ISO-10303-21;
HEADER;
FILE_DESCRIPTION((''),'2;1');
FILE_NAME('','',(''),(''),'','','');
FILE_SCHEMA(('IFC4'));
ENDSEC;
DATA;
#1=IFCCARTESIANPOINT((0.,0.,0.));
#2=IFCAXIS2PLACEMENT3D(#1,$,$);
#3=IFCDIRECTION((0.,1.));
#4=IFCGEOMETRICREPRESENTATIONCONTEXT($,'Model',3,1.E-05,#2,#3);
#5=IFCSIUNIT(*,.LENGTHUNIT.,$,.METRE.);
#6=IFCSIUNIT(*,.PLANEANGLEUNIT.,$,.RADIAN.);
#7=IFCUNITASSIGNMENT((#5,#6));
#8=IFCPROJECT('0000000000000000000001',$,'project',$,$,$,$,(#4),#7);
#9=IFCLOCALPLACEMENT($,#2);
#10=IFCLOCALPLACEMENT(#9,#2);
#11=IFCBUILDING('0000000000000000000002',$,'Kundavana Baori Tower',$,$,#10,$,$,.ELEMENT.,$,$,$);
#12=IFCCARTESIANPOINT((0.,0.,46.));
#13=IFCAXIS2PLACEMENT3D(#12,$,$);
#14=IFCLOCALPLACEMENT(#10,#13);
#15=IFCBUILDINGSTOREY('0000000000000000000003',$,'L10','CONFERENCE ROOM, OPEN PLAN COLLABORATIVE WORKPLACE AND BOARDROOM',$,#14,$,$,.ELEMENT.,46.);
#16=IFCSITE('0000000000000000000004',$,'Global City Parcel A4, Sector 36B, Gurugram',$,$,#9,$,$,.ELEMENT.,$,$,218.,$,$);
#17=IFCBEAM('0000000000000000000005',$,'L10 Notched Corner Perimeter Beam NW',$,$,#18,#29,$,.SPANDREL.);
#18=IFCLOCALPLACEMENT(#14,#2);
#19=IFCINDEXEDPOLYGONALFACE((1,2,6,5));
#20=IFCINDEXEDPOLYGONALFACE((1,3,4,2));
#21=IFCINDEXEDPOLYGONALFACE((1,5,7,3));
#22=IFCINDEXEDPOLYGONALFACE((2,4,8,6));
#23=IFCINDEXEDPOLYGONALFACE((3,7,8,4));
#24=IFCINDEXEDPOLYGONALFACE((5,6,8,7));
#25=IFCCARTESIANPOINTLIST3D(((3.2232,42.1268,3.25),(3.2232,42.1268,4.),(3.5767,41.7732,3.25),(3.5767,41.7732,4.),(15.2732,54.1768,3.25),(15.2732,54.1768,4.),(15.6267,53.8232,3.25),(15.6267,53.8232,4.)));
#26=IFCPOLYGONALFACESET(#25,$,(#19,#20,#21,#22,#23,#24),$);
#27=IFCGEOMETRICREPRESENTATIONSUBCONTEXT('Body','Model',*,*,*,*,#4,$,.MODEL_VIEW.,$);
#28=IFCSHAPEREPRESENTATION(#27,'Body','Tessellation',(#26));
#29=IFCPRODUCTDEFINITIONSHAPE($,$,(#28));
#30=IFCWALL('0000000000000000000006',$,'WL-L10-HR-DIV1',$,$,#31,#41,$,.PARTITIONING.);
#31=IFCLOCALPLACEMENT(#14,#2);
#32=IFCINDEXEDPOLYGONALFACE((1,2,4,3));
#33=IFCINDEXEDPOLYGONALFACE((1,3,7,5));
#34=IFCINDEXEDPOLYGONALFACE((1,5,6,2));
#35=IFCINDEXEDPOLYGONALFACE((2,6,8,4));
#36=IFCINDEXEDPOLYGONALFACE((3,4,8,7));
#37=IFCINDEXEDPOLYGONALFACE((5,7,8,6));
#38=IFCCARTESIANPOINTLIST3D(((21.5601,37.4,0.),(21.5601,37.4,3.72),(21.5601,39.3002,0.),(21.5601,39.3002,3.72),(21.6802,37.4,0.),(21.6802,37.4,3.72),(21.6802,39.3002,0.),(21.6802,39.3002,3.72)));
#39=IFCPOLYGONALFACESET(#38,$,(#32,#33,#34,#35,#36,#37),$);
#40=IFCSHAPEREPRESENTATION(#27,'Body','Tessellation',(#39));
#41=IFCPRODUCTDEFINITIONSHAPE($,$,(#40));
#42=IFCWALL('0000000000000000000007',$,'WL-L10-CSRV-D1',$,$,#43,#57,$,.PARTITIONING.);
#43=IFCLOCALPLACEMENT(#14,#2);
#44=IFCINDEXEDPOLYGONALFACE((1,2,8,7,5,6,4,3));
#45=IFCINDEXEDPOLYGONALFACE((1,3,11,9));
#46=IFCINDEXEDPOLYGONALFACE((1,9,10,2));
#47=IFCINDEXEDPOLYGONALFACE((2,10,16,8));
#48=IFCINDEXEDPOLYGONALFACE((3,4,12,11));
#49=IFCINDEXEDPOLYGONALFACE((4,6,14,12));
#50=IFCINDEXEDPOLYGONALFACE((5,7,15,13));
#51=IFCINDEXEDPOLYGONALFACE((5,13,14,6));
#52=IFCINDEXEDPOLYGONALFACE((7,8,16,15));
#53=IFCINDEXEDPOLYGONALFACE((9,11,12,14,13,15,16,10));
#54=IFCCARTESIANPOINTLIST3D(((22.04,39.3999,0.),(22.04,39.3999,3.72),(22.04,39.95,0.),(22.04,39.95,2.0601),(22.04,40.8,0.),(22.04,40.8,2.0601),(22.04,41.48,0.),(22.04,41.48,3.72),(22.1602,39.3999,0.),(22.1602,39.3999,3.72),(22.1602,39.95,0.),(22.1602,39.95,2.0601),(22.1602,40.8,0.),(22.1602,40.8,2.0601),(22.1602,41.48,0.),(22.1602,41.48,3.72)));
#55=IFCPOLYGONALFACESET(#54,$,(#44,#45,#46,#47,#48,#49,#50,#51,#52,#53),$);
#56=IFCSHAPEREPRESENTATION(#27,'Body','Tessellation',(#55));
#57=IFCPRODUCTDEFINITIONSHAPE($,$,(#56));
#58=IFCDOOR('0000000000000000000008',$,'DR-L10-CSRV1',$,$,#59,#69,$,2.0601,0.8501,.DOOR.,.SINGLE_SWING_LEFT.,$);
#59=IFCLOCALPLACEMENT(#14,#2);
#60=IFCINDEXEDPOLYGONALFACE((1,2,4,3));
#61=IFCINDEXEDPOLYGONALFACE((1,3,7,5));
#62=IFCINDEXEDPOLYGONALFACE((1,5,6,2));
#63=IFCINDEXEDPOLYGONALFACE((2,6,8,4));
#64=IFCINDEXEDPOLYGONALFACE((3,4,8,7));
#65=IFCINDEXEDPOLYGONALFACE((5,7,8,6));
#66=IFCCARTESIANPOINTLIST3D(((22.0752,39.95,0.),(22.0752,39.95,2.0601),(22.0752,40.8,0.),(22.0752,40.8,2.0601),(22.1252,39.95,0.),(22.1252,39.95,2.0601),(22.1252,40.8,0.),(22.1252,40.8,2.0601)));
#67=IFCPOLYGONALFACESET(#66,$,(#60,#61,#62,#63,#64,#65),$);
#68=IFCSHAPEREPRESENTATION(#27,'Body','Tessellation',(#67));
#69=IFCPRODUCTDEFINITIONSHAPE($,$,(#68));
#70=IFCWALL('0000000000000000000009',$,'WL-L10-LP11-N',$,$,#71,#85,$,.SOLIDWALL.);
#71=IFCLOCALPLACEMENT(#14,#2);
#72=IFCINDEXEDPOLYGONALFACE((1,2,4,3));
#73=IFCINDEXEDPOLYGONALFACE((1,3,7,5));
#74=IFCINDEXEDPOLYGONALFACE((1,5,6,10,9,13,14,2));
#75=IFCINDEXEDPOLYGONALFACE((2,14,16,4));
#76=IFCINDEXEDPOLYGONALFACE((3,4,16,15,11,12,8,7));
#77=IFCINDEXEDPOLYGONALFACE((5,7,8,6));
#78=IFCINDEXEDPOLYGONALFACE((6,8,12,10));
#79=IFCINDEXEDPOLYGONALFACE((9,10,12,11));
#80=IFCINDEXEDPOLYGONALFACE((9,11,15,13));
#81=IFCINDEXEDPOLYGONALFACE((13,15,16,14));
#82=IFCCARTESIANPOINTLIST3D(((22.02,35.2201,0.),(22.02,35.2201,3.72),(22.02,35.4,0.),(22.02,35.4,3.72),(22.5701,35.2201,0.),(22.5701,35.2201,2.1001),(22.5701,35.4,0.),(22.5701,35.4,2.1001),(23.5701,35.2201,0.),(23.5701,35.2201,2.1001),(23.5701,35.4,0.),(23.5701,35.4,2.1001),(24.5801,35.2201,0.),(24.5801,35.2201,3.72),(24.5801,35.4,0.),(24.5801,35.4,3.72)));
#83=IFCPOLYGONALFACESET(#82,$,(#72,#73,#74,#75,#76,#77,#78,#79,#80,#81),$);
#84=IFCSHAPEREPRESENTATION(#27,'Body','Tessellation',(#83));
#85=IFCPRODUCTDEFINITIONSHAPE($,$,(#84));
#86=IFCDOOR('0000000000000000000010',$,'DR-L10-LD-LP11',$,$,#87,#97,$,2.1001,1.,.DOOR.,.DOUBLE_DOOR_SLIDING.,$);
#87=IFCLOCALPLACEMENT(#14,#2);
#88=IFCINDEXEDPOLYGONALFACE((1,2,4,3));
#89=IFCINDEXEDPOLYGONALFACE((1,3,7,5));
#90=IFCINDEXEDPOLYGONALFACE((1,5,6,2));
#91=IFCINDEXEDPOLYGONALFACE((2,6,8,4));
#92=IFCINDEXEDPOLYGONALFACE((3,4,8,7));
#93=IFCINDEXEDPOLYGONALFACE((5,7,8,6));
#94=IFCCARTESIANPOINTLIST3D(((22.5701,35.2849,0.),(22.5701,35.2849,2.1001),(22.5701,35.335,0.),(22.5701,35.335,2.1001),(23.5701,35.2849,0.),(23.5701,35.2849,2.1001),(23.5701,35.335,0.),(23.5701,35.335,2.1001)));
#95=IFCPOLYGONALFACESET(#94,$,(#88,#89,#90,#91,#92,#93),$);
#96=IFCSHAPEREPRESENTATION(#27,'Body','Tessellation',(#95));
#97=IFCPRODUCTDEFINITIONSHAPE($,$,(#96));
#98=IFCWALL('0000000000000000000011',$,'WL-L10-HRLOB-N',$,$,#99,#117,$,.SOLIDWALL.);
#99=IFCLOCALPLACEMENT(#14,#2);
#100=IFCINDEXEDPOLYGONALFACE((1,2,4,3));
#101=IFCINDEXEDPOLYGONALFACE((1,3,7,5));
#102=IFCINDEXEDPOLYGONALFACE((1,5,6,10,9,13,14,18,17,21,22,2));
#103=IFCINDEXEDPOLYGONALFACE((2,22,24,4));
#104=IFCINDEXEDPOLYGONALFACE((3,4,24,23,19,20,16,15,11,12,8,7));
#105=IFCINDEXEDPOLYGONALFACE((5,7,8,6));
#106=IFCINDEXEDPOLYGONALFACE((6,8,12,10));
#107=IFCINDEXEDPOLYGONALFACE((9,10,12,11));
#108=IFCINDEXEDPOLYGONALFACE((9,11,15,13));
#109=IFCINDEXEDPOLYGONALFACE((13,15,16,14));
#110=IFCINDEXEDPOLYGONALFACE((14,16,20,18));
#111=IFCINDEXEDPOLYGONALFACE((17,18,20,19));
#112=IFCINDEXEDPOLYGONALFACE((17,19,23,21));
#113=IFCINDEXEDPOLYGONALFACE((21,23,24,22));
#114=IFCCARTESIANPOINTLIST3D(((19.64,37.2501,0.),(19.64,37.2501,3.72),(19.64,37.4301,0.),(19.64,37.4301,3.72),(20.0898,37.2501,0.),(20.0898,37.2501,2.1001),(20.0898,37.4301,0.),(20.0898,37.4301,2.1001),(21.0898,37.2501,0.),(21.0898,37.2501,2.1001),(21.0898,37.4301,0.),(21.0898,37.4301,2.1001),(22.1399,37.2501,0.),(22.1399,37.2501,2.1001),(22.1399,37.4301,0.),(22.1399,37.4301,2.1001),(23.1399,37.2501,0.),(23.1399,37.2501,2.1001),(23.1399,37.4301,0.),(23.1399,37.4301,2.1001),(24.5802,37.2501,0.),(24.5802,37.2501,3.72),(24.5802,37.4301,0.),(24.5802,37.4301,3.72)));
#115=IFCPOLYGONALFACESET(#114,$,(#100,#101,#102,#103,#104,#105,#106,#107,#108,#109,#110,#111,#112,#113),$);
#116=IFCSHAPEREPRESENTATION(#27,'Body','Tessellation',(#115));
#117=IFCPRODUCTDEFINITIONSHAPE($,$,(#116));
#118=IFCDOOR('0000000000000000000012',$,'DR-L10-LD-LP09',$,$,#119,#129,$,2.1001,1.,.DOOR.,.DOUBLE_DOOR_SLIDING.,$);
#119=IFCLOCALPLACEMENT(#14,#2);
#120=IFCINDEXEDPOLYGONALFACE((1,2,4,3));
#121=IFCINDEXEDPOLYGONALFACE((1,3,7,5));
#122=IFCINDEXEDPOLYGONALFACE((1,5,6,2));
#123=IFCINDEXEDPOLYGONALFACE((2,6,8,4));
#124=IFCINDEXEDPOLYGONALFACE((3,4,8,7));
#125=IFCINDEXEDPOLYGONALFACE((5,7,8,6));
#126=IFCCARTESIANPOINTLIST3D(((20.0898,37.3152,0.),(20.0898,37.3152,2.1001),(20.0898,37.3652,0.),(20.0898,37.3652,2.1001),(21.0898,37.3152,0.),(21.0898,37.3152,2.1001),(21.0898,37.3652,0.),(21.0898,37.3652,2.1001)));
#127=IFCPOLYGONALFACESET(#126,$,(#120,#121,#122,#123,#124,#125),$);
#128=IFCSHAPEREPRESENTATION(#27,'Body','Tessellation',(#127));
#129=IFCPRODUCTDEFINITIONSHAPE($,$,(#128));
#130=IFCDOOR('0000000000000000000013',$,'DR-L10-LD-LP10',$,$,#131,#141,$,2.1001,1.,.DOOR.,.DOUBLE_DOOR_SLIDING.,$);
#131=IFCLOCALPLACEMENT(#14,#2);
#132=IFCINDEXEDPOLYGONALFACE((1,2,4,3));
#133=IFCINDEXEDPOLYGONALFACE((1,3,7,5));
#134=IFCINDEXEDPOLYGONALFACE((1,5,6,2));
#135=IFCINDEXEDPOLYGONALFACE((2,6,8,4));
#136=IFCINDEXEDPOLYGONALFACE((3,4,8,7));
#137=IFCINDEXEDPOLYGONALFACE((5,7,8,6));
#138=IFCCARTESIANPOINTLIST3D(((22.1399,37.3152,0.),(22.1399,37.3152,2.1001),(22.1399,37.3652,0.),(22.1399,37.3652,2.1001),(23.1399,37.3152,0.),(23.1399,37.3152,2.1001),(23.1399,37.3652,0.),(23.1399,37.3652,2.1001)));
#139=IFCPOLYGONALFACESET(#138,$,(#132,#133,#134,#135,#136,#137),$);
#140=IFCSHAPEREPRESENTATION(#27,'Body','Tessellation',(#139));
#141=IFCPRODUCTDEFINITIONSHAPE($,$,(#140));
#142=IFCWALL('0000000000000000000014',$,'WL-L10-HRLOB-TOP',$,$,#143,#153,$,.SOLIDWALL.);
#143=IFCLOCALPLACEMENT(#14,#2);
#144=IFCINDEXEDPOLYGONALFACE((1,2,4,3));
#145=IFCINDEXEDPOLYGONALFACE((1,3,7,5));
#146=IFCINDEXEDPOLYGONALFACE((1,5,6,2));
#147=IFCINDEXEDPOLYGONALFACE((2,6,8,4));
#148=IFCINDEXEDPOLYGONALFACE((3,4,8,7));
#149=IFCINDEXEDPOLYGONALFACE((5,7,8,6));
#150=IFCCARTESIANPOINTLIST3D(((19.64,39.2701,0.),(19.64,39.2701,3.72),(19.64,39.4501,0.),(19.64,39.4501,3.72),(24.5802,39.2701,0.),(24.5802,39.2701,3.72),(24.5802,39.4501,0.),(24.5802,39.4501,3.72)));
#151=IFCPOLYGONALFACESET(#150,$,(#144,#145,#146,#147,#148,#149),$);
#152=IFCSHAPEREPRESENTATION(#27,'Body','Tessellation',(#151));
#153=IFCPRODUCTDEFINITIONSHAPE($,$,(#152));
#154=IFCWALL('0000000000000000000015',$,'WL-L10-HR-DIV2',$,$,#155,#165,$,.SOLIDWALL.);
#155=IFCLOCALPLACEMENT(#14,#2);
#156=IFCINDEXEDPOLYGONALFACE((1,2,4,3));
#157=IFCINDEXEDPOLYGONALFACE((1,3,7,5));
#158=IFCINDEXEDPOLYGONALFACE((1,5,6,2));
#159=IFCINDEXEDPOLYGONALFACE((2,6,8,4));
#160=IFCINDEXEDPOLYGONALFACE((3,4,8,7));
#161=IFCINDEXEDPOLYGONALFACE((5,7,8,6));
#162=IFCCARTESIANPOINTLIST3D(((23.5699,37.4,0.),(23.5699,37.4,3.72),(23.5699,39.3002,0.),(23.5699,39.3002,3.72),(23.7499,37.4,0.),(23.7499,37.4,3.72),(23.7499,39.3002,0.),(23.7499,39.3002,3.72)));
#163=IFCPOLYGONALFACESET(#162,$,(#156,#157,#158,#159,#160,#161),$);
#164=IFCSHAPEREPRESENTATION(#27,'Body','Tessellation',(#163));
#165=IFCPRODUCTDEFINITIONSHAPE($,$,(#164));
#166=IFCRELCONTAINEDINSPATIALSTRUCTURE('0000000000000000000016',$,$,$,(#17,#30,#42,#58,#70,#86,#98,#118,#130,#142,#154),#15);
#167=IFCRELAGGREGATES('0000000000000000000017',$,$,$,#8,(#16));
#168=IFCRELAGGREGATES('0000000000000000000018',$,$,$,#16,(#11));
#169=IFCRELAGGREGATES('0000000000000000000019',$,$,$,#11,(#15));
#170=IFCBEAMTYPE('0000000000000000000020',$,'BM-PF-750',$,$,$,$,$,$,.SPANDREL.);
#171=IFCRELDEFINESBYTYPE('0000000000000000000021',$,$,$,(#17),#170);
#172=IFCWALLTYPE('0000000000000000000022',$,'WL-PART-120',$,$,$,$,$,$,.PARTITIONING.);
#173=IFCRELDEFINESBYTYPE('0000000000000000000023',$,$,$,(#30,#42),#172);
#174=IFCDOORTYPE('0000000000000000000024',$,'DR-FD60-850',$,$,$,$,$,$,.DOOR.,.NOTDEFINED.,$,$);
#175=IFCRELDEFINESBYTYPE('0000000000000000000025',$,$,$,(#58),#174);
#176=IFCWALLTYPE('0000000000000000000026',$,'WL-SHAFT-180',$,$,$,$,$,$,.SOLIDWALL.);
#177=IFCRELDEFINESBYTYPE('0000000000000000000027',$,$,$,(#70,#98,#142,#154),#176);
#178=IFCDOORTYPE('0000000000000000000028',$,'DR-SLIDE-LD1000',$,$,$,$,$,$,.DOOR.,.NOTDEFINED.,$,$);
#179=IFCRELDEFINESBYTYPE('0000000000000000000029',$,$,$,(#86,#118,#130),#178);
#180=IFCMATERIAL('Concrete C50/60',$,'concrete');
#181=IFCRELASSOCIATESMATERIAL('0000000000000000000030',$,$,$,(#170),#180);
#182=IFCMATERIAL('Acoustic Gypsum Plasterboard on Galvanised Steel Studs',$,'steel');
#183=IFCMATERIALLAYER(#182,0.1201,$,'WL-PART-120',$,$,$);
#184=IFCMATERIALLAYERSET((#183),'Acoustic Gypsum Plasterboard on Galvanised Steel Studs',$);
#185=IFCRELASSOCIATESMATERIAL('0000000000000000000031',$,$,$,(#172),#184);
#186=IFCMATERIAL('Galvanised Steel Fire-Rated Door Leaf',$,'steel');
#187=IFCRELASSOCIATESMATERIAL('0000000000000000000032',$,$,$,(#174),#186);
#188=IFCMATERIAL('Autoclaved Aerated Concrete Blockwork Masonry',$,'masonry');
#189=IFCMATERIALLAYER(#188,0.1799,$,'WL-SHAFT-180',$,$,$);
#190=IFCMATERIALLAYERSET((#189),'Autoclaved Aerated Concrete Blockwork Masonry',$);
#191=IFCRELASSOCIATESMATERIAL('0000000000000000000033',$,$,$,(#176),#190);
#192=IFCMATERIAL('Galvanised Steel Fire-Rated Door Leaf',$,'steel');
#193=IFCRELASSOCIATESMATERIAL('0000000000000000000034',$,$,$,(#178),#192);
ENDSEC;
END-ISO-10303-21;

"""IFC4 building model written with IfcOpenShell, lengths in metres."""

from ifc_helpers import new_model, si_unit, direction, frame, frame_2d, origin, origin_2d, place, context, subcontext, project, spatial, rectangle, extrude, material, layer, layer_set, material_profile, profile_set, type_object, element, fill, save


model = new_model("IFC4")

# Units and contexts
model_context = context("Model", 3, precision=1e-05, world=origin(), true_north=direction((0.0, 1.0)))
body_context = subcontext(model_context, "Body", "Model", "MODEL_VIEW")
ifc_project = project(units=[si_unit("LENGTHUNIT", "METRE"), si_unit("PLANEANGLEUNIT", "RADIAN")], contexts=[model_context])

# Site, building, storey
site_placement = place(None, origin())
site = spatial("IfcSite", under=ifc_project, at=site_placement, Name="Global City Parcel A4, Sector 36B, Gurugram", CompositionType="ELEMENT", RefElevation=218.0)
building_placement = place(site_placement, origin())
building = spatial("IfcBuilding", under=site, at=building_placement, Name="Kundavana Baori Tower", CompositionType="ELEMENT")
storey_placement = place(building_placement, frame((0.0, 0.0, 46.0)))
storey = spatial("IfcBuildingStorey", under=building, at=storey_placement, Name="L10", Description="CONFERENCE ROOM, OPEN PLAN COLLABORATIVE WORKPLACE AND BOARDROOM", CompositionType="ELEMENT", Elevation=46.0)

# Beam
ifc_material_1 = material(Name="Concrete C50/60", Category="concrete")
ifc_material_profile = material_profile(ifc_material_1, rectangle(XDim=0.5, YDim=0.75, at=origin_2d()), Name="RC BM 500x750")
ifc_profile_set = profile_set([ifc_material_profile], Name="Concrete C50/60")
beam_type = type_object("IfcBeamType", Name="BM-PF-750", PredefinedType="SPANDREL", material=ifc_profile_set)
beam_placement = place(storey_placement, frame((15.45, 54.0, 3.625), z_axis=(-0.707107, -0.707107, 0.0), x_axis=(0.707107, -0.707107, 0.0)))
element("IfcBeam", 1, at=beam_placement, inside=storey, type_object=beam_type, Name="L10 Notched Corner Perimeter Beam NW", PredefinedType="SPANDREL", context=body_context, shape_type="SweptSolid", body=[
    extrude(rectangle(XDim=0.5, YDim=0.75, at=origin_2d()), origin(), (0.0, 0.0, 1.0), 17.0413),
])

# Wall
ifc_material_2 = material(Name="Acoustic Gypsum Plasterboard on Galvanised Steel Studs", Category="steel")
ifc_layer_1 = layer(ifc_material_2, 0.1201, Name="WL-PART-120")
ifc_layer_set_1 = layer_set([ifc_layer_1], Name="Acoustic Gypsum Plasterboard on Galvanised Steel Studs")
wall_type_1 = type_object("IfcWallType", Name="WL-PART-120", PredefinedType="PARTITIONING", material=ifc_layer_set_1)
wall_1_placement = place(storey_placement, frame((21.6201, 37.3999, 0.0), z_axis=(0.0, 0.0, 1.0), x_axis=(0.0, 1.0, 0.0)))
element("IfcWall", 2, at=wall_1_placement, inside=storey, type_object=wall_type_1, Name="WL-L10-HR-DIV1", PredefinedType="PARTITIONING", context=body_context, shape_type="SweptSolid", body=[
    extrude(rectangle(XDim=1.9001, YDim=0.1201, at=frame_2d((0.9502, 0.0))), origin(), (0.0, 0.0, 1.0), 3.72),
])

# Walls, openings, doors
wall_2_placement = place(storey_placement, frame((22.1001, 39.3999, 0.0), z_axis=(0.0, 0.0, 1.0), x_axis=(0.0, 1.0, 0.0)))
wall_2 = element("IfcWall", 3, at=wall_2_placement, inside=storey, type_object=wall_type_1, Name="WL-L10-CSRV-D1", PredefinedType="PARTITIONING", context=body_context, shape_type="SweptSolid", body=[
    extrude(rectangle(XDim=2.0801, YDim=0.1201, at=frame_2d((1.04, 0.0))), origin(), (0.0, 0.0, 1.0), 3.72),
])
opening_1_placement = place(wall_2_placement, frame((0.55, 0.0, 0.0)))
opening_1 = element("IfcOpeningElement", 4, at=opening_1_placement, cuts=wall_2, PredefinedType="OPENING", context=body_context, shape_type="SweptSolid", body=[
    extrude(rectangle(XDim=0.8501, YDim=2.0601, at=frame_2d((0.425, 1.03))), frame((0.0, 0.0701, 0.0), z_axis=(0.0, -1.0, 0.0), x_axis=(1.0, 0.0, 0.0)), (0.0, 0.0, 1.0), 0.1401),
])
ifc_material_3 = material(Name="Galvanised Steel Fire-Rated Door Leaf", Category="steel")
door_type_1 = type_object("IfcDoorType", Name="DR-FD60-850", OperationType="NOTDEFINED", PredefinedType="DOOR", material=ifc_material_3)
door_1_placement = place(opening_1_placement, origin())
door_1 = element("IfcDoor", 5, at=door_1_placement, inside=storey, type_object=door_type_1, Name="DR-L10-CSRV1", OperationType="SINGLE_SWING_LEFT", OverallHeight=2.0601, OverallWidth=0.8501, PredefinedType="DOOR", context=body_context, shape_type="SweptSolid", body=[
    extrude(rectangle(XDim=0.8501, YDim=2.0601, at=frame_2d((0.425, 1.03))), frame((0.0, 0.0249, 0.0), z_axis=(0.0, -1.0, 0.0), x_axis=(1.0, 0.0, 0.0)), (0.0, 0.0, 1.0), 0.05),
])
fill(opening_1, door_1)
ifc_material_4 = material(Name="Autoclaved Aerated Concrete Blockwork Masonry", Category="masonry")
ifc_layer_2 = layer(ifc_material_4, 0.1799, Name="WL-SHAFT-180")
ifc_layer_set_2 = layer_set([ifc_layer_2], Name="Autoclaved Aerated Concrete Blockwork Masonry")
wall_type_2 = type_object("IfcWallType", Name="WL-SHAFT-180", PredefinedType="SOLIDWALL", material=ifc_layer_set_2)
wall_3_placement = place(storey_placement, frame((22.02, 35.3101, 0.0), z_axis=(0.0, 0.0, 1.0), x_axis=(1.0, 0.0, 0.0)))
wall_3 = element("IfcWall", 6, at=wall_3_placement, inside=storey, type_object=wall_type_2, Name="WL-L10-LP11-N", PredefinedType="SOLIDWALL", context=body_context, shape_type="SweptSolid", body=[
    extrude(rectangle(XDim=2.5601, YDim=0.1799, at=frame_2d((1.28, 0.0))), origin(), (0.0, 0.0, 1.0), 3.72),
])
opening_2_placement = place(wall_3_placement, frame((0.55, 0.0, 0.0)))
opening_2 = element("IfcOpeningElement", 7, at=opening_2_placement, cuts=wall_3, PredefinedType="OPENING", context=body_context, shape_type="SweptSolid", body=[
    extrude(rectangle(XDim=1.0, YDim=2.1001, at=frame_2d((0.5, 1.05))), frame((0.0, 0.1001, 0.0), z_axis=(0.0, -1.0, 0.0), x_axis=(1.0, 0.0, 0.0)), (0.0, 0.0, 1.0), 0.2),
])
ifc_material_5 = material(Name="Galvanised Steel Fire-Rated Door Leaf", Category="steel")
door_type_2 = type_object("IfcDoorType", Name="DR-SLIDE-LD1000", OperationType="NOTDEFINED", PredefinedType="DOOR", material=ifc_material_5)
door_2_placement = place(opening_2_placement, origin())
door_2 = element("IfcDoor", 8, at=door_2_placement, inside=storey, type_object=door_type_2, Name="DR-L10-LD-LP11", OperationType="DOUBLE_DOOR_SLIDING", OverallHeight=2.1001, OverallWidth=1.0, PredefinedType="DOOR", context=body_context, shape_type="SweptSolid", body=[
    extrude(rectangle(XDim=1.0, YDim=2.1001, at=frame_2d((0.5, 1.05))), frame((0.0, 0.0249, 0.0), z_axis=(0.0, -1.0, 0.0), x_axis=(1.0, 0.0, 0.0)), (0.0, 0.0, 1.0), 0.05),
])
fill(opening_2, door_2)

# Wall, openings, doors
wall_4_placement = place(storey_placement, frame((19.6399, 37.3401, 0.0), z_axis=(0.0, 0.0, 1.0), x_axis=(1.0, 0.0, 0.0)))
wall_4 = element("IfcWall", 9, at=wall_4_placement, inside=storey, type_object=wall_type_2, Name="WL-L10-HRLOB-N", PredefinedType="SOLIDWALL", context=body_context, shape_type="SweptSolid", body=[
    extrude(rectangle(XDim=4.9402, YDim=0.1799, at=frame_2d((2.4702, 0.0))), origin(), (0.0, 0.0, 1.0), 3.72),
])
opening_3_placement = place(wall_4_placement, frame((0.45, 0.0, 0.0)))
opening_3 = element("IfcOpeningElement", 10, at=opening_3_placement, cuts=wall_4, PredefinedType="OPENING", context=body_context, shape_type="SweptSolid", body=[
    extrude(rectangle(XDim=1.0, YDim=2.1001, at=frame_2d((0.5, 1.05))), frame((0.0, 0.1001, 0.0), z_axis=(0.0, -1.0, 0.0), x_axis=(1.0, 0.0, 0.0)), (0.0, 0.0, 1.0), 0.2),
])
opening_4_placement = place(wall_4_placement, frame((2.5, 0.0, 0.0)))
opening_4 = element("IfcOpeningElement", 11, at=opening_4_placement, cuts=wall_4, PredefinedType="OPENING", context=body_context, shape_type="SweptSolid", body=[
    extrude(rectangle(XDim=1.0, YDim=2.1001, at=frame_2d((0.5, 1.05))), frame((0.0, 0.1001, 0.0), z_axis=(0.0, -1.0, 0.0), x_axis=(1.0, 0.0, 0.0)), (0.0, 0.0, 1.0), 0.2),
])
door_3_placement = place(opening_3_placement, frame((1.0, 0.0, 0.0), z_axis=(0.0, 0.0, 1.0), x_axis=(-1.0, 0.0, 0.0)))
door_3 = element("IfcDoor", 12, at=door_3_placement, inside=storey, type_object=door_type_2, Name="DR-L10-LD-LP09", OperationType="DOUBLE_DOOR_SLIDING", OverallHeight=2.1001, OverallWidth=1.0, PredefinedType="DOOR", context=body_context, shape_type="SweptSolid", body=[
    extrude(rectangle(XDim=1.0, YDim=2.1001, at=frame_2d((0.5, 1.05))), frame((0.0, 0.0249, 0.0), z_axis=(0.0, -1.0, 0.0), x_axis=(1.0, 0.0, 0.0)), (0.0, 0.0, 1.0), 0.05),
])
fill(opening_3, door_3)
door_4_placement = place(opening_4_placement, frame((1.0, 0.0, 0.0), z_axis=(0.0, 0.0, 1.0), x_axis=(-1.0, 0.0, 0.0)))
door_4 = element("IfcDoor", 13, at=door_4_placement, inside=storey, type_object=door_type_2, Name="DR-L10-LD-LP10", OperationType="DOUBLE_DOOR_SLIDING", OverallHeight=2.1001, OverallWidth=1.0, PredefinedType="DOOR", context=body_context, shape_type="SweptSolid", body=[
    extrude(rectangle(XDim=1.0, YDim=2.1001, at=frame_2d((0.5, 1.05))), frame((0.0, 0.0249, 0.0), z_axis=(0.0, -1.0, 0.0), x_axis=(1.0, 0.0, 0.0)), (0.0, 0.0, 1.0), 0.05),
])
fill(opening_4, door_4)

# Walls
wall_5_placement = place(storey_placement, frame((19.6399, 39.3601, 0.0), z_axis=(0.0, 0.0, 1.0), x_axis=(1.0, 0.0, 0.0)))
element("IfcWall", 14, at=wall_5_placement, inside=storey, type_object=wall_type_2, Name="WL-L10-HRLOB-TOP", PredefinedType="SOLIDWALL", context=body_context, shape_type="SweptSolid", body=[
    extrude(rectangle(XDim=4.9402, YDim=0.1799, at=frame_2d((2.4702, 0.0))), origin(), (0.0, 0.0, 1.0), 3.72),
])
wall_6_placement = place(storey_placement, frame((23.6599, 37.3999, 0.0), z_axis=(0.0, 0.0, 1.0), x_axis=(0.0, 1.0, 0.0)))
element("IfcWall", 15, at=wall_6_placement, inside=storey, type_object=wall_type_2, Name="WL-L10-HR-DIV2", PredefinedType="SOLIDWALL", context=body_context, shape_type="SweptSolid", body=[
    extrude(rectangle(XDim=1.9001, YDim=0.1799, at=frame_2d((0.9502, 0.0))), origin(), (0.0, 0.0, 1.0), 3.72),
])

save(model, "model.ifc")
